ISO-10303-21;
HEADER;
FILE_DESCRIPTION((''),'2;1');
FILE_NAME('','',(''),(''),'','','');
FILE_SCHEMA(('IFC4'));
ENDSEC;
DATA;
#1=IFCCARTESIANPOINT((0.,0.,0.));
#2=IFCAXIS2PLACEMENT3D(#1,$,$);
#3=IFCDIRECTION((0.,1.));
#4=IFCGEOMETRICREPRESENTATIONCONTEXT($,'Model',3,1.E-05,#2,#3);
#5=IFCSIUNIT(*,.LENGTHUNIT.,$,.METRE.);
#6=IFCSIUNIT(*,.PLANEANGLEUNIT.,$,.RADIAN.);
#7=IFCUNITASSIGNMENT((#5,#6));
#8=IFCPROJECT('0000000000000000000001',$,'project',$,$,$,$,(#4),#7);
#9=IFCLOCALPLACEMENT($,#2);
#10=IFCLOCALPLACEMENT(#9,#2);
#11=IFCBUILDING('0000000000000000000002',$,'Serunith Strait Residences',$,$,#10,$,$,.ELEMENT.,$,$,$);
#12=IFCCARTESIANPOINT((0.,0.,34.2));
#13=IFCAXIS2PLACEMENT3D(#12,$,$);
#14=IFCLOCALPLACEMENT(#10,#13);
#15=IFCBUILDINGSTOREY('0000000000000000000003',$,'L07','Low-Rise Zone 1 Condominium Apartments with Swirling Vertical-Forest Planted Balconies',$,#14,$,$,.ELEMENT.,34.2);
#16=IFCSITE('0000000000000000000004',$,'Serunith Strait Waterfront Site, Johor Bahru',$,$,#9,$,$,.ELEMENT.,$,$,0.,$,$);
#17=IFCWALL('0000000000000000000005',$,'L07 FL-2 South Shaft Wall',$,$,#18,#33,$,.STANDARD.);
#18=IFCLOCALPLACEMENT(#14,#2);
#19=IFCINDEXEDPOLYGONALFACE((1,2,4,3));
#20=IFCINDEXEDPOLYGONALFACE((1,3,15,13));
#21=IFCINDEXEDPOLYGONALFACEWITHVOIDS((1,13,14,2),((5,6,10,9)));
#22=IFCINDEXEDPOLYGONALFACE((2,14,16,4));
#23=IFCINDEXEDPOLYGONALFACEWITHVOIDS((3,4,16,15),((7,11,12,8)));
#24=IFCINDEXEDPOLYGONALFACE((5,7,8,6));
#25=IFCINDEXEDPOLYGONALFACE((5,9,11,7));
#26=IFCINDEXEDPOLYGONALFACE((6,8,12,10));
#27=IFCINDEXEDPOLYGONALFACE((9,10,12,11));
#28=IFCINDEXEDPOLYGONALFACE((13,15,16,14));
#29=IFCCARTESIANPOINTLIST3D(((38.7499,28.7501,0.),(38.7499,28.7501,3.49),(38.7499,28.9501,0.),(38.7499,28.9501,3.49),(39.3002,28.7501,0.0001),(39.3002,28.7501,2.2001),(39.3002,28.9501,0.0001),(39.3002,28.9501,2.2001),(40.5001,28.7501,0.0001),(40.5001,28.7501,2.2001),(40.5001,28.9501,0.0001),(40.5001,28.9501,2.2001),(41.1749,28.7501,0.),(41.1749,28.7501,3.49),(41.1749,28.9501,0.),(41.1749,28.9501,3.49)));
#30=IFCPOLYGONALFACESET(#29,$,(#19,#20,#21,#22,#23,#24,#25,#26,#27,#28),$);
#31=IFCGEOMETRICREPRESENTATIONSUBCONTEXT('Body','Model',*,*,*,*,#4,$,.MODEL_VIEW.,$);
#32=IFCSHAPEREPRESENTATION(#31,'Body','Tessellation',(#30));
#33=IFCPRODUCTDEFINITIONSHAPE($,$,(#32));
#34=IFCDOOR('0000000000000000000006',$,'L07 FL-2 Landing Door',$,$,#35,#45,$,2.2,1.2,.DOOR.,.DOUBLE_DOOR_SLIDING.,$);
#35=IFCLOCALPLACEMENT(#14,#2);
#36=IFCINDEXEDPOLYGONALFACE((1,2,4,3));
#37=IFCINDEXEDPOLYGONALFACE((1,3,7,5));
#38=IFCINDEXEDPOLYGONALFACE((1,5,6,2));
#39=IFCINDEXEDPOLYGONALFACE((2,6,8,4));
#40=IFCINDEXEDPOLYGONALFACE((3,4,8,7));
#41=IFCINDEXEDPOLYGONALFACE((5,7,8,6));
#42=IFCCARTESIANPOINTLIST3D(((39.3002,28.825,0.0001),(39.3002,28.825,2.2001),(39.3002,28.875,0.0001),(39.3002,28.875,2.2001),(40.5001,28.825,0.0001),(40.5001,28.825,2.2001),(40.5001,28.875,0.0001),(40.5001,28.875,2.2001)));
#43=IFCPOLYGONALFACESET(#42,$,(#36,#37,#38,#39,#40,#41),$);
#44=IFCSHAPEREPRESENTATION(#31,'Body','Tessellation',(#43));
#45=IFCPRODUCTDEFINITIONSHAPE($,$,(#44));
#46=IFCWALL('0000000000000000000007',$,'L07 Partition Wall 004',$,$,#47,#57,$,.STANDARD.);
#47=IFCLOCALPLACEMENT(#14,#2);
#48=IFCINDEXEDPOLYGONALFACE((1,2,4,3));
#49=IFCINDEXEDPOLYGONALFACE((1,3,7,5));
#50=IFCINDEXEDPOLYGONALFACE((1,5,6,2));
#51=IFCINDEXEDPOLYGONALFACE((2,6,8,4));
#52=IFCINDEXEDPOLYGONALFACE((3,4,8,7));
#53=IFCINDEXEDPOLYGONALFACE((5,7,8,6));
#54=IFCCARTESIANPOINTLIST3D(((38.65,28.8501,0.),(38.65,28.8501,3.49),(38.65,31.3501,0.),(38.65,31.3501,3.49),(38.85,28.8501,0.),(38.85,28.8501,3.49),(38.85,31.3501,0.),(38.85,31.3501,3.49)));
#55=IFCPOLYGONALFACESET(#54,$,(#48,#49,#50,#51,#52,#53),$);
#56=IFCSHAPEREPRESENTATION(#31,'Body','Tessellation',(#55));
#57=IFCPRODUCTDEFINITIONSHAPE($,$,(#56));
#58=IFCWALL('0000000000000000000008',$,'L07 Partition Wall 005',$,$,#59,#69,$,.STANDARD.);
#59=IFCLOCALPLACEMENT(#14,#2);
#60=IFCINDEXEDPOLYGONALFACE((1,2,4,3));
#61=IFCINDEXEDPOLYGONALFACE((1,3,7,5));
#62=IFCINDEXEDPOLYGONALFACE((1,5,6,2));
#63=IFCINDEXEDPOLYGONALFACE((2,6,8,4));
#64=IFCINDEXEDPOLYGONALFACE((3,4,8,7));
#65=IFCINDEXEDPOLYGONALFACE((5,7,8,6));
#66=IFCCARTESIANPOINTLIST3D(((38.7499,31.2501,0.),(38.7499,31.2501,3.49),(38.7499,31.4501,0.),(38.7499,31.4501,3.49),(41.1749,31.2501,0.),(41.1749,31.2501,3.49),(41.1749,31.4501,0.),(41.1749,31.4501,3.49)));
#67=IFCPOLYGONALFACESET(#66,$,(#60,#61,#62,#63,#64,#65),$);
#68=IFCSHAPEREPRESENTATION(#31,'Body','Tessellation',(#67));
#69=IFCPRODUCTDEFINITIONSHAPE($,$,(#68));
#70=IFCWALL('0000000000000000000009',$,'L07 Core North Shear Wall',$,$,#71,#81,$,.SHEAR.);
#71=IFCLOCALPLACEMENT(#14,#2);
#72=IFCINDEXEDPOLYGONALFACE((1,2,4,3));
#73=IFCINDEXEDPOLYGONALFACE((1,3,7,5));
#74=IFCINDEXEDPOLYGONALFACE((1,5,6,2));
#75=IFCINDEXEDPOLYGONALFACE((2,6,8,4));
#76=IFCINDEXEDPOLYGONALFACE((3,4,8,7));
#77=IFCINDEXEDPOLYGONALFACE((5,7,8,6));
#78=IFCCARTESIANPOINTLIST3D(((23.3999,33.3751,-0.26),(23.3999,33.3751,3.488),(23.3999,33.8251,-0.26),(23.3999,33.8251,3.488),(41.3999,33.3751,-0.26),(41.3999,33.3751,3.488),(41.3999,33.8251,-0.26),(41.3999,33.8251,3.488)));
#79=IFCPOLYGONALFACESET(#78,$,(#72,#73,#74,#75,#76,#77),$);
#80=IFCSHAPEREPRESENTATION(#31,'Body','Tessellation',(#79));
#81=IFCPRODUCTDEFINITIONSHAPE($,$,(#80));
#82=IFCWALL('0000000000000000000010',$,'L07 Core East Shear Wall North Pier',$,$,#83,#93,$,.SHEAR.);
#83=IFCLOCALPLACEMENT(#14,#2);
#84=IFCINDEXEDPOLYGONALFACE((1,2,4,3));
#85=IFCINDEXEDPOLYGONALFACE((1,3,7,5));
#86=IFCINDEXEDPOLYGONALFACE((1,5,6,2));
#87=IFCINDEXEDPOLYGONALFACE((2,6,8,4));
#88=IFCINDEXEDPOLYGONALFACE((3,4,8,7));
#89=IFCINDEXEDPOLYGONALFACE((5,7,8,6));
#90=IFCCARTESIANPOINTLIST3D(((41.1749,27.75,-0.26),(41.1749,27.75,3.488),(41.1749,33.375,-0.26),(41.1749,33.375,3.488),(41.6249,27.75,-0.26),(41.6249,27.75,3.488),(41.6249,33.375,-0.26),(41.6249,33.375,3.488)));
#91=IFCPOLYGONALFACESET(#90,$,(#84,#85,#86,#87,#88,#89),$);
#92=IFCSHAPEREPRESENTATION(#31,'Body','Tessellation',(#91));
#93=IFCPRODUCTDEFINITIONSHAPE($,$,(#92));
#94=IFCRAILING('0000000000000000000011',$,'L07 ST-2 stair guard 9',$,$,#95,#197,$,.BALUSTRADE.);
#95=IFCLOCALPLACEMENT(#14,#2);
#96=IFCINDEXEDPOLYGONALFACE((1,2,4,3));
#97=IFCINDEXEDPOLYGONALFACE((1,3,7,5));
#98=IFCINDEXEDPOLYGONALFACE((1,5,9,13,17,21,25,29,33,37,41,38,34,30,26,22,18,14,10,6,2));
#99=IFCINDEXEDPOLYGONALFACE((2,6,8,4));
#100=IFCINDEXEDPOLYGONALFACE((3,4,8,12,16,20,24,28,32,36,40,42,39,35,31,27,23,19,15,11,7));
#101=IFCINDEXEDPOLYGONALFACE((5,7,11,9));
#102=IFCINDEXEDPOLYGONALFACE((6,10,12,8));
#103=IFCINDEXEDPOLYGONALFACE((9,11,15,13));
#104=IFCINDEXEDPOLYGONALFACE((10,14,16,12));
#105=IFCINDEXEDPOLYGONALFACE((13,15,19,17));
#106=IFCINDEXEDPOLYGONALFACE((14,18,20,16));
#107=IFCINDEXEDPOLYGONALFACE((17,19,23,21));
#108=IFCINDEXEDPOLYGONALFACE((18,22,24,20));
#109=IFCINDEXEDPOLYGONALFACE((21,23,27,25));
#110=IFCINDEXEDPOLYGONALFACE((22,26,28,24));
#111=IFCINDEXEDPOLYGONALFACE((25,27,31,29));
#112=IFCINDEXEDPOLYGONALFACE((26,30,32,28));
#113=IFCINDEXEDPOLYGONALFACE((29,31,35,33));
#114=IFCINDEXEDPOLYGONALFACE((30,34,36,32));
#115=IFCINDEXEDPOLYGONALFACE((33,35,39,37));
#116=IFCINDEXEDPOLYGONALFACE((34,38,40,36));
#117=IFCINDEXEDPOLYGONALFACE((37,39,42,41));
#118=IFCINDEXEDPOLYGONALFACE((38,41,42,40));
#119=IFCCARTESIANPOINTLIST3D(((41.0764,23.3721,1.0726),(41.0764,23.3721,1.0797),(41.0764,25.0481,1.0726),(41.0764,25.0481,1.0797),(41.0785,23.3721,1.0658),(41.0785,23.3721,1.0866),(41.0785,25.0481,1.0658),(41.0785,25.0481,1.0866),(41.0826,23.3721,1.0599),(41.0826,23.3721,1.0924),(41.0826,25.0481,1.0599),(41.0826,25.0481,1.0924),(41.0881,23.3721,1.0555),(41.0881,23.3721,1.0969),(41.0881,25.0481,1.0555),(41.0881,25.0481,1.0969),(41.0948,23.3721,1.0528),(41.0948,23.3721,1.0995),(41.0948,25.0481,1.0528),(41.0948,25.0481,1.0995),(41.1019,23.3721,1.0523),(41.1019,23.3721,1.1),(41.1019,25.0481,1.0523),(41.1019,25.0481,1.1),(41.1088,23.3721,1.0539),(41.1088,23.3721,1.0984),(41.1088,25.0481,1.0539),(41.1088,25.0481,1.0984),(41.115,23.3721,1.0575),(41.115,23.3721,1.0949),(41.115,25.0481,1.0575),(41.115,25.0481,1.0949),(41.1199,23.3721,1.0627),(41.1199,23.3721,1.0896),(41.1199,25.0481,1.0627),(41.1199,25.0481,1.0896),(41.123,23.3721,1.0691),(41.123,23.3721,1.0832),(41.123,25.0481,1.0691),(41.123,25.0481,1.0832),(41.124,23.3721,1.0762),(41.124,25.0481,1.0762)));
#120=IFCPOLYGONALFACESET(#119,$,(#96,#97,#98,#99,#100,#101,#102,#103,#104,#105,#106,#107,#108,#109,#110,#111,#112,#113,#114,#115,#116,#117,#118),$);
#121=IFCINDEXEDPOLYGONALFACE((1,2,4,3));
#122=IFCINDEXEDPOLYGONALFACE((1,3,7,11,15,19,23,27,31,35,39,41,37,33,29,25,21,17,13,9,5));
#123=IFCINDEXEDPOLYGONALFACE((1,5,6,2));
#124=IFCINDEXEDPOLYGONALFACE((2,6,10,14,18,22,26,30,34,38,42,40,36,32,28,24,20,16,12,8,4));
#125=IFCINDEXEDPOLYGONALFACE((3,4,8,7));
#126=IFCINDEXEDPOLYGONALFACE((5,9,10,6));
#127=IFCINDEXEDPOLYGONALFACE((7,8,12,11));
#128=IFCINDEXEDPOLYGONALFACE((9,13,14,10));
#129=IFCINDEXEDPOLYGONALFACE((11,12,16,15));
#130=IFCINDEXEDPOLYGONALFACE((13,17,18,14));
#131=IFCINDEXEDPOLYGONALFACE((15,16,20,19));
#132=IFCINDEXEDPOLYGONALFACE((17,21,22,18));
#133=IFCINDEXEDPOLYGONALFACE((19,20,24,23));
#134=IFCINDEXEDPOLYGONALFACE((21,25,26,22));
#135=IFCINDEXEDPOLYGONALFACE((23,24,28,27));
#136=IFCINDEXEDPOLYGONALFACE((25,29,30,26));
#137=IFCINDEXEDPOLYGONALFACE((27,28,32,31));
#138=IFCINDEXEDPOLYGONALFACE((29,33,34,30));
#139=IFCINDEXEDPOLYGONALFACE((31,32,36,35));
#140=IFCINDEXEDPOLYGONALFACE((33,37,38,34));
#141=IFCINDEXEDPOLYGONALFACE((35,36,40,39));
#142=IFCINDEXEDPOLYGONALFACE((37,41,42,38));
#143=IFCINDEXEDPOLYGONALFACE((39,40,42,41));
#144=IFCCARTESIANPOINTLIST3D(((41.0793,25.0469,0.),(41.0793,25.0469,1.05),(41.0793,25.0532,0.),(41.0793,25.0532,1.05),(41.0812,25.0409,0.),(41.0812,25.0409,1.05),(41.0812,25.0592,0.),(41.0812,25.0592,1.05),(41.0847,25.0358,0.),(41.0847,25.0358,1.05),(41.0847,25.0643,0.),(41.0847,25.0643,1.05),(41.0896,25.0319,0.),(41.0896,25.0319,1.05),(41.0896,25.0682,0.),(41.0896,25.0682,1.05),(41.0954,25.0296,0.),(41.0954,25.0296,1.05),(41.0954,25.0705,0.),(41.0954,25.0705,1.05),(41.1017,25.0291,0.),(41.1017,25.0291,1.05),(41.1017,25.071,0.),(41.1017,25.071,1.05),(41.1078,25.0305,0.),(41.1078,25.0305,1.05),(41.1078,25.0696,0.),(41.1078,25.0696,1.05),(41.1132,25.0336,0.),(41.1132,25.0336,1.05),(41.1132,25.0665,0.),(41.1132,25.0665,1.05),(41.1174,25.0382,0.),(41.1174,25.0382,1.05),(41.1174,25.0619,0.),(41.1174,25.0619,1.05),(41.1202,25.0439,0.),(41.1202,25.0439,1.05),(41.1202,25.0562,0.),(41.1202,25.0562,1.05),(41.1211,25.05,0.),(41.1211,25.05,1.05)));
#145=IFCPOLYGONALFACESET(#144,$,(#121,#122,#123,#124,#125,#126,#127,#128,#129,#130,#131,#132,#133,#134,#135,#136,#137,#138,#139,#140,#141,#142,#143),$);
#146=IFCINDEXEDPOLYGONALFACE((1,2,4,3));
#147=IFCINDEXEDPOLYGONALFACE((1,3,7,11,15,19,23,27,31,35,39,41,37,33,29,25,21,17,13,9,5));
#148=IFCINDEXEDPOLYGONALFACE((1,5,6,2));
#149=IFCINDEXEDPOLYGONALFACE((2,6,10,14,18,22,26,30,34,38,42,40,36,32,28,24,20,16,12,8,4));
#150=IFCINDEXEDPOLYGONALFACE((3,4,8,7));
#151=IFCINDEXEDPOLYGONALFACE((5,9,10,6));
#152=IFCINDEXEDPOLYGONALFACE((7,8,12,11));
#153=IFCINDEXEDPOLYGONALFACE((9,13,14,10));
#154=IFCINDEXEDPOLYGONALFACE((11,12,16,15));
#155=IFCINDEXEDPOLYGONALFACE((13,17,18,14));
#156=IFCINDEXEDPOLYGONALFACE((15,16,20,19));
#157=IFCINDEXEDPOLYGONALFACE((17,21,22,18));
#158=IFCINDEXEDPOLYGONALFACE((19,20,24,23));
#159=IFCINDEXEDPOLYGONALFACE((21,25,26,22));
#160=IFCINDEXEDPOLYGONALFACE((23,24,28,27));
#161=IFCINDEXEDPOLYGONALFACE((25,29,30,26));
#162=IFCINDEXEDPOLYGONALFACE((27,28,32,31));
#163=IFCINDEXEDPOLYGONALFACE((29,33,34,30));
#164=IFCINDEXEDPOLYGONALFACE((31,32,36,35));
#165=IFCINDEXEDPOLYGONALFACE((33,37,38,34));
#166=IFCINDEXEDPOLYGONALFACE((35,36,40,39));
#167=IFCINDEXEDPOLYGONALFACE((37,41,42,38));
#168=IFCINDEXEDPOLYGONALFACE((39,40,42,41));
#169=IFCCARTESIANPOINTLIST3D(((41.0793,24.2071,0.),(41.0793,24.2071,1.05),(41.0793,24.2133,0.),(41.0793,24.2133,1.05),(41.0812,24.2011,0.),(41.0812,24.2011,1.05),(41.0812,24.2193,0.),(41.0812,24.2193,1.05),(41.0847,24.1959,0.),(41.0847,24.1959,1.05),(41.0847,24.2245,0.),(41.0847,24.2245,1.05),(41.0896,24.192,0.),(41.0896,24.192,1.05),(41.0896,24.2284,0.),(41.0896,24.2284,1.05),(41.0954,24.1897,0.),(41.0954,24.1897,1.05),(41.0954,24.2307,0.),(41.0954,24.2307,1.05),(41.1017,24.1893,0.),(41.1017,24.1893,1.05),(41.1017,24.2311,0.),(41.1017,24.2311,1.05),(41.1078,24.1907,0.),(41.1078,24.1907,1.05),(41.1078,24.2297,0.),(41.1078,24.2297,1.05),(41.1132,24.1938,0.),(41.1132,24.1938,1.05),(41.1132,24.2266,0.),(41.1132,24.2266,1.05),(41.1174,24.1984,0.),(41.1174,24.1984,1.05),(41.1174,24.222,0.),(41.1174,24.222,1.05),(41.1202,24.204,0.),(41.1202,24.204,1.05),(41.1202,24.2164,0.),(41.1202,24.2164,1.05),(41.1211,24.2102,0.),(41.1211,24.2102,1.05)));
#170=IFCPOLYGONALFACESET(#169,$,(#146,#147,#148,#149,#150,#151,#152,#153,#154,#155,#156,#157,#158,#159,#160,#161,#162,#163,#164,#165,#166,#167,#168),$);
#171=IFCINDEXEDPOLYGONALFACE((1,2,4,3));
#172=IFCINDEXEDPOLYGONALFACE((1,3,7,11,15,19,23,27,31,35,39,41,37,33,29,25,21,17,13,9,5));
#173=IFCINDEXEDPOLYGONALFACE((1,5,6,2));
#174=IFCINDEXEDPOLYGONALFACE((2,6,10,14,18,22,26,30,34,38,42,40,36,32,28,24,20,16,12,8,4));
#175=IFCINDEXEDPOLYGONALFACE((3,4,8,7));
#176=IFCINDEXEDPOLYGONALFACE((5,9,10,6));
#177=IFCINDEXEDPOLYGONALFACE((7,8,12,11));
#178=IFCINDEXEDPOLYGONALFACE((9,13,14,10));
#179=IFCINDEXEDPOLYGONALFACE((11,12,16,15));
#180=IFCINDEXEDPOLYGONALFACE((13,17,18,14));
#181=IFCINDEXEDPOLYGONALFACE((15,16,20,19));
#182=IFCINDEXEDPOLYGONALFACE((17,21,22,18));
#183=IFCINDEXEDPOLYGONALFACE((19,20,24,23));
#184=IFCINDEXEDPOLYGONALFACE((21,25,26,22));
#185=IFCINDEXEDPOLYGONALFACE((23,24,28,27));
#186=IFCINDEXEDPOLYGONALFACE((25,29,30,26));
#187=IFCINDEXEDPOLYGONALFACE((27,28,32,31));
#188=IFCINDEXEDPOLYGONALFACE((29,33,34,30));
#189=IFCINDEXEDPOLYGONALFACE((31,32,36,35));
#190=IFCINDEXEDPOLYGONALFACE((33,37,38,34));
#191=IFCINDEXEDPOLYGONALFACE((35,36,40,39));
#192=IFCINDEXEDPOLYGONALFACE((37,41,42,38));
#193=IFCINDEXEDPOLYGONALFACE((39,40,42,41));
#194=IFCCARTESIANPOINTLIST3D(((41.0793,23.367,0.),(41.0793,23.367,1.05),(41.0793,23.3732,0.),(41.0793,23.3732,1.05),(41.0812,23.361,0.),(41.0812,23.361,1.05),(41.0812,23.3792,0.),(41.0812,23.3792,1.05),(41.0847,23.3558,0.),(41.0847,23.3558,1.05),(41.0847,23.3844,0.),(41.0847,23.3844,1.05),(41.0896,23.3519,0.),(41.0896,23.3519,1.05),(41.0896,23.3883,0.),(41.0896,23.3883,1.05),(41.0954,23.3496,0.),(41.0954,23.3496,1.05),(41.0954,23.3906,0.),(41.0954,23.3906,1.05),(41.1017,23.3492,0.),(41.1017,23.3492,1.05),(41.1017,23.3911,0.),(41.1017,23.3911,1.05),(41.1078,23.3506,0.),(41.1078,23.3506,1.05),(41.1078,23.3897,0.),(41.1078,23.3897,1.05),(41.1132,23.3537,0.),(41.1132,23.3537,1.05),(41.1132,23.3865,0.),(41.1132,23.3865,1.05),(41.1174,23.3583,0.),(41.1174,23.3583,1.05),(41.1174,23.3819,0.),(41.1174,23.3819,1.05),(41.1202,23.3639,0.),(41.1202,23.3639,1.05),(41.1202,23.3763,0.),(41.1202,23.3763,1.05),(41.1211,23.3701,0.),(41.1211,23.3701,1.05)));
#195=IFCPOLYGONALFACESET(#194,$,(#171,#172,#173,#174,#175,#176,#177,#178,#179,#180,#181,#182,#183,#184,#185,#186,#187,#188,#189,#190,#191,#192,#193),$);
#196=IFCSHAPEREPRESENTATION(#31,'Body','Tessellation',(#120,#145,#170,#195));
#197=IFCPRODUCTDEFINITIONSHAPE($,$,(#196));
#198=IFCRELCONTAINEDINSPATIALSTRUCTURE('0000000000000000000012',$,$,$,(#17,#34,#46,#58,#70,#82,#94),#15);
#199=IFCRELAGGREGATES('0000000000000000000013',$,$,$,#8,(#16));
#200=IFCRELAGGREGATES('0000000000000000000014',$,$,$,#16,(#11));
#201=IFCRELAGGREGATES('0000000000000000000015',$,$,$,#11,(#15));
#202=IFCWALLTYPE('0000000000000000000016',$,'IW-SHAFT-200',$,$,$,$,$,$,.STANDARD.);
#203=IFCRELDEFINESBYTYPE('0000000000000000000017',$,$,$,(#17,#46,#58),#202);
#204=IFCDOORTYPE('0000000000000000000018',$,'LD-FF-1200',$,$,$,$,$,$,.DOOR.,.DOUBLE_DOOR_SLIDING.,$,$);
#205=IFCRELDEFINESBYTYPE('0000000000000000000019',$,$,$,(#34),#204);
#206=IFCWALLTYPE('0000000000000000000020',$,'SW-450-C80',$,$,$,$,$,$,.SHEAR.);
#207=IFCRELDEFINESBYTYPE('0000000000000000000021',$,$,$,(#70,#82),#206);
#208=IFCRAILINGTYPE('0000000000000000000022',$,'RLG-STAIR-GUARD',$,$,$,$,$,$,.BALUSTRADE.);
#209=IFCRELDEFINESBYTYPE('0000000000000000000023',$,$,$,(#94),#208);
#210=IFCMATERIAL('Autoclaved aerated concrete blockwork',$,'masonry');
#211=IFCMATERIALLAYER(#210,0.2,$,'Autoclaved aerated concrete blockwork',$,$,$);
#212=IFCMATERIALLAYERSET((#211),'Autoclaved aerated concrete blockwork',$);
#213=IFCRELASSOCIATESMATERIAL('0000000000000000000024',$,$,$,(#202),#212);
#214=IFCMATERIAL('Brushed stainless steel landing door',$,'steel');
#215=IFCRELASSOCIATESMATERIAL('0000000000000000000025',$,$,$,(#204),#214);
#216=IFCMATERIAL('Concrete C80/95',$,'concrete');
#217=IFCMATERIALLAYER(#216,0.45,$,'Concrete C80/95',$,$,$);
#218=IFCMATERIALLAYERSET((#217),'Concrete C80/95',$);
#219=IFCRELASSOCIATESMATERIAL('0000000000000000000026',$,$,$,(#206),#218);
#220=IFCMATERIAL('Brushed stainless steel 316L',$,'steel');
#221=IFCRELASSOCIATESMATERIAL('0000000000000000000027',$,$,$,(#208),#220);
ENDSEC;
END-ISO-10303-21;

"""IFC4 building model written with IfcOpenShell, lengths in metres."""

from ifc_helpers import new_model, si_unit, direction, frame, frame_2d, origin, origin_2d, place, context, subcontext, project, spatial, rectangle, circle, extrude, source, transform, mapped, material, layer, layer_set, type_object, element, fill, save


model = new_model("IFC4")

# Units and contexts
model_context = context("Model", 3, precision=1e-05, world=origin(), true_north=direction((0.0, 1.0)))
body_context = subcontext(model_context, "Body", "Model", "MODEL_VIEW")
ifc_project = project(units=[si_unit("LENGTHUNIT", "METRE"), si_unit("PLANEANGLEUNIT", "RADIAN")], contexts=[model_context])

# Site, building, storey
site_placement = place(None, origin())
site = spatial("IfcSite", under=ifc_project, at=site_placement, Name="Serunith Strait Waterfront Site, Johor Bahru", CompositionType="ELEMENT", RefElevation=0.0)
building_placement = place(site_placement, origin())
building = spatial("IfcBuilding", under=site, at=building_placement, Name="Serunith Strait Residences", CompositionType="ELEMENT")
storey_placement = place(building_placement, frame((0.0, 0.0, 34.2)))
storey = spatial("IfcBuildingStorey", under=building, at=storey_placement, Name="L07", Description="Low-Rise Zone 1 Condominium Apartments with Swirling Vertical-Forest Planted Balconies", CompositionType="ELEMENT", Elevation=34.2)

# Wall, opening, door
ifc_material_1 = material(Name="Autoclaved aerated concrete blockwork", Category="masonry")
ifc_layer_1 = layer(ifc_material_1, 0.2, Name="Autoclaved aerated concrete blockwork")
ifc_layer_set_1 = layer_set([ifc_layer_1], Name="Autoclaved aerated concrete blockwork")
wall_type_1 = type_object("IfcWallType", Name="IW-SHAFT-200", PredefinedType="STANDARD", material=ifc_layer_set_1)
wall_1_placement = place(storey_placement, frame((38.75, 28.8501, 0.0), z_axis=(0.0, 0.0, 1.0), x_axis=(1.0, 0.0, 0.0)))
wall_1 = element("IfcWall", 1, at=wall_1_placement, inside=storey, type_object=wall_type_1, Name="L07 FL-2 South Shaft Wall", PredefinedType="STANDARD", context=body_context, shape_type="SweptSolid", body=[
    extrude(rectangle(XDim=2.425, YDim=0.2, at=frame_2d((1.2124, 0.0))), origin(), (0.0, 0.0, 1.0), 3.49),
])
opening_1_placement = place(wall_1_placement, frame((0.55, 0.0, 0.0)))
opening_1 = element("IfcOpeningElement", 2, at=opening_1_placement, cuts=wall_1, PredefinedType="OPENING", context=body_context, shape_type="SweptSolid", body=[
    extrude(rectangle(XDim=1.2, YDim=2.2, at=frame_2d((0.6001, 1.1001))), frame((0.0, 0.1099, 0.0), z_axis=(0.0, -1.0, 0.0), x_axis=(1.0, 0.0, 0.0)), (0.0, 0.0, 1.0), 0.22),
])
ifc_material_2 = material(Name="Brushed stainless steel landing door", Category="steel")
door_type_1 = type_object("IfcDoorType", Name="LD-FF-1200", OperationType="DOUBLE_DOOR_SLIDING", PredefinedType="DOOR", material=ifc_material_2)
shared_shape_1 = source(origin(), body_context, "Body", "SweptSolid", [
    extrude(rectangle(XDim=1.2, YDim=2.2, at=frame_2d((0.6001, 1.1001))), frame((0.0, 0.0249, 0.0), z_axis=(0.0, -1.0, 0.0), x_axis=(1.0, 0.0, 0.0)), (0.0, 0.0, 1.0), 0.05),
])
door_1_placement = place(opening_1_placement, origin())
door_1 = element("IfcDoor", 3, at=door_1_placement, inside=storey, type_object=door_type_1, Name="L07 FL-2 Landing Door", OperationType="DOUBLE_DOOR_SLIDING", OverallHeight=2.2, OverallWidth=1.2, PredefinedType="DOOR", context=body_context, shape_type="MappedRepresentation", body=[
    mapped(shared_shape_1, transform((0.0, 0.0, 0.0), scale=1.0)),
])
fill(opening_1, door_1)

# Walls
wall_2_placement = place(storey_placement, frame((38.75, 28.8501, 0.0), z_axis=(0.0, 0.0, 1.0), x_axis=(0.0, 1.0, 0.0)))
element("IfcWall", 4, at=wall_2_placement, inside=storey, type_object=wall_type_1, Name="L07 Partition Wall 004", PredefinedType="STANDARD", context=body_context, shape_type="SweptSolid", body=[
    extrude(rectangle(XDim=2.5, YDim=0.2, at=frame_2d((1.25, 0.0))), origin(), (0.0, 0.0, 1.0), 3.49),
])
wall_3_placement = place(storey_placement, frame((38.75, 31.3501, 0.0), z_axis=(0.0, 0.0, 1.0), x_axis=(1.0, 0.0, 0.0)))
element("IfcWall", 5, at=wall_3_placement, inside=storey, type_object=wall_type_1, Name="L07 Partition Wall 005", PredefinedType="STANDARD", context=body_context, shape_type="SweptSolid", body=[
    extrude(rectangle(XDim=2.425, YDim=0.2, at=frame_2d((1.2124, 0.0))), origin(), (0.0, 0.0, 1.0), 3.49),
])

# Walls
ifc_material_3 = material(Name="Concrete C80/95", Category="concrete")
ifc_layer_2 = layer(ifc_material_3, 0.45, Name="Concrete C80/95")
ifc_layer_set_2 = layer_set([ifc_layer_2], Name="Concrete C80/95")
wall_type_2 = type_object("IfcWallType", Name="SW-450-C80", PredefinedType="SHEAR", material=ifc_layer_set_2)
wall_4_placement = place(storey_placement, frame((41.3999, 33.6001, -0.26), z_axis=(0.0, 0.0, 1.0), x_axis=(-1.0, 0.0, 0.0)))
element("IfcWall", 6, at=wall_4_placement, inside=storey, type_object=wall_type_2, Name="L07 Core North Shear Wall", PredefinedType="SHEAR", context=body_context, shape_type="SweptSolid", body=[
    extrude(rectangle(XDim=18.0, YDim=0.45, at=frame_2d((9.0, 0.0))), origin(), (0.0, 0.0, 1.0), 3.748),
])
wall_5_placement = place(storey_placement, frame((41.3999, 27.75, -0.26), z_axis=(0.0, 0.0, 1.0), x_axis=(0.0, 1.0, 0.0)))
element("IfcWall", 7, at=wall_5_placement, inside=storey, type_object=wall_type_2, Name="L07 Core East Shear Wall North Pier", PredefinedType="SHEAR", context=body_context, shape_type="SweptSolid", body=[
    extrude(rectangle(XDim=5.625, YDim=0.45, at=frame_2d((2.8125, 0.0))), origin(), (0.0, 0.0, 1.0), 3.748),
])

# Railing
ifc_material_4 = material(Name="Brushed stainless steel 316L", Category="steel")
railing_type = type_object("IfcRailingType", Name="RLG-STAIR-GUARD", PredefinedType="BALUSTRADE", material=ifc_material_4)
railing_placement = place(storey_placement, frame((41.1001, 25.05, 0.0)))
element("IfcRailing", 8, at=railing_placement, inside=storey, type_object=railing_type, Name="L07 ST-2 stair guard 9", PredefinedType="BALUSTRADE", context=body_context, shape_type="SweptSolid", body=[
    extrude(circle(Radius=0.0239, at=origin_2d()), frame((0.0, -0.002, 1.0762), z_axis=(0.0, -1.0, 0.0), x_axis=(1.0, 0.0, 0.0)), (0.0, 0.0, 1.0), 1.676),
    extrude(circle(Radius=0.021, at=origin_2d()), origin(), (0.0, 0.0, 1.0), 1.05),
    extrude(circle(Radius=0.021, at=origin_2d()), frame((0.0, -0.8398, 0.0)), (0.0, 0.0, 1.0), 1.05),
    extrude(circle(Radius=0.021, at=origin_2d()), frame((0.0, -1.6799, 0.0)), (0.0, 0.0, 1.0), 1.05),
])

save(model, "model.ifc")
